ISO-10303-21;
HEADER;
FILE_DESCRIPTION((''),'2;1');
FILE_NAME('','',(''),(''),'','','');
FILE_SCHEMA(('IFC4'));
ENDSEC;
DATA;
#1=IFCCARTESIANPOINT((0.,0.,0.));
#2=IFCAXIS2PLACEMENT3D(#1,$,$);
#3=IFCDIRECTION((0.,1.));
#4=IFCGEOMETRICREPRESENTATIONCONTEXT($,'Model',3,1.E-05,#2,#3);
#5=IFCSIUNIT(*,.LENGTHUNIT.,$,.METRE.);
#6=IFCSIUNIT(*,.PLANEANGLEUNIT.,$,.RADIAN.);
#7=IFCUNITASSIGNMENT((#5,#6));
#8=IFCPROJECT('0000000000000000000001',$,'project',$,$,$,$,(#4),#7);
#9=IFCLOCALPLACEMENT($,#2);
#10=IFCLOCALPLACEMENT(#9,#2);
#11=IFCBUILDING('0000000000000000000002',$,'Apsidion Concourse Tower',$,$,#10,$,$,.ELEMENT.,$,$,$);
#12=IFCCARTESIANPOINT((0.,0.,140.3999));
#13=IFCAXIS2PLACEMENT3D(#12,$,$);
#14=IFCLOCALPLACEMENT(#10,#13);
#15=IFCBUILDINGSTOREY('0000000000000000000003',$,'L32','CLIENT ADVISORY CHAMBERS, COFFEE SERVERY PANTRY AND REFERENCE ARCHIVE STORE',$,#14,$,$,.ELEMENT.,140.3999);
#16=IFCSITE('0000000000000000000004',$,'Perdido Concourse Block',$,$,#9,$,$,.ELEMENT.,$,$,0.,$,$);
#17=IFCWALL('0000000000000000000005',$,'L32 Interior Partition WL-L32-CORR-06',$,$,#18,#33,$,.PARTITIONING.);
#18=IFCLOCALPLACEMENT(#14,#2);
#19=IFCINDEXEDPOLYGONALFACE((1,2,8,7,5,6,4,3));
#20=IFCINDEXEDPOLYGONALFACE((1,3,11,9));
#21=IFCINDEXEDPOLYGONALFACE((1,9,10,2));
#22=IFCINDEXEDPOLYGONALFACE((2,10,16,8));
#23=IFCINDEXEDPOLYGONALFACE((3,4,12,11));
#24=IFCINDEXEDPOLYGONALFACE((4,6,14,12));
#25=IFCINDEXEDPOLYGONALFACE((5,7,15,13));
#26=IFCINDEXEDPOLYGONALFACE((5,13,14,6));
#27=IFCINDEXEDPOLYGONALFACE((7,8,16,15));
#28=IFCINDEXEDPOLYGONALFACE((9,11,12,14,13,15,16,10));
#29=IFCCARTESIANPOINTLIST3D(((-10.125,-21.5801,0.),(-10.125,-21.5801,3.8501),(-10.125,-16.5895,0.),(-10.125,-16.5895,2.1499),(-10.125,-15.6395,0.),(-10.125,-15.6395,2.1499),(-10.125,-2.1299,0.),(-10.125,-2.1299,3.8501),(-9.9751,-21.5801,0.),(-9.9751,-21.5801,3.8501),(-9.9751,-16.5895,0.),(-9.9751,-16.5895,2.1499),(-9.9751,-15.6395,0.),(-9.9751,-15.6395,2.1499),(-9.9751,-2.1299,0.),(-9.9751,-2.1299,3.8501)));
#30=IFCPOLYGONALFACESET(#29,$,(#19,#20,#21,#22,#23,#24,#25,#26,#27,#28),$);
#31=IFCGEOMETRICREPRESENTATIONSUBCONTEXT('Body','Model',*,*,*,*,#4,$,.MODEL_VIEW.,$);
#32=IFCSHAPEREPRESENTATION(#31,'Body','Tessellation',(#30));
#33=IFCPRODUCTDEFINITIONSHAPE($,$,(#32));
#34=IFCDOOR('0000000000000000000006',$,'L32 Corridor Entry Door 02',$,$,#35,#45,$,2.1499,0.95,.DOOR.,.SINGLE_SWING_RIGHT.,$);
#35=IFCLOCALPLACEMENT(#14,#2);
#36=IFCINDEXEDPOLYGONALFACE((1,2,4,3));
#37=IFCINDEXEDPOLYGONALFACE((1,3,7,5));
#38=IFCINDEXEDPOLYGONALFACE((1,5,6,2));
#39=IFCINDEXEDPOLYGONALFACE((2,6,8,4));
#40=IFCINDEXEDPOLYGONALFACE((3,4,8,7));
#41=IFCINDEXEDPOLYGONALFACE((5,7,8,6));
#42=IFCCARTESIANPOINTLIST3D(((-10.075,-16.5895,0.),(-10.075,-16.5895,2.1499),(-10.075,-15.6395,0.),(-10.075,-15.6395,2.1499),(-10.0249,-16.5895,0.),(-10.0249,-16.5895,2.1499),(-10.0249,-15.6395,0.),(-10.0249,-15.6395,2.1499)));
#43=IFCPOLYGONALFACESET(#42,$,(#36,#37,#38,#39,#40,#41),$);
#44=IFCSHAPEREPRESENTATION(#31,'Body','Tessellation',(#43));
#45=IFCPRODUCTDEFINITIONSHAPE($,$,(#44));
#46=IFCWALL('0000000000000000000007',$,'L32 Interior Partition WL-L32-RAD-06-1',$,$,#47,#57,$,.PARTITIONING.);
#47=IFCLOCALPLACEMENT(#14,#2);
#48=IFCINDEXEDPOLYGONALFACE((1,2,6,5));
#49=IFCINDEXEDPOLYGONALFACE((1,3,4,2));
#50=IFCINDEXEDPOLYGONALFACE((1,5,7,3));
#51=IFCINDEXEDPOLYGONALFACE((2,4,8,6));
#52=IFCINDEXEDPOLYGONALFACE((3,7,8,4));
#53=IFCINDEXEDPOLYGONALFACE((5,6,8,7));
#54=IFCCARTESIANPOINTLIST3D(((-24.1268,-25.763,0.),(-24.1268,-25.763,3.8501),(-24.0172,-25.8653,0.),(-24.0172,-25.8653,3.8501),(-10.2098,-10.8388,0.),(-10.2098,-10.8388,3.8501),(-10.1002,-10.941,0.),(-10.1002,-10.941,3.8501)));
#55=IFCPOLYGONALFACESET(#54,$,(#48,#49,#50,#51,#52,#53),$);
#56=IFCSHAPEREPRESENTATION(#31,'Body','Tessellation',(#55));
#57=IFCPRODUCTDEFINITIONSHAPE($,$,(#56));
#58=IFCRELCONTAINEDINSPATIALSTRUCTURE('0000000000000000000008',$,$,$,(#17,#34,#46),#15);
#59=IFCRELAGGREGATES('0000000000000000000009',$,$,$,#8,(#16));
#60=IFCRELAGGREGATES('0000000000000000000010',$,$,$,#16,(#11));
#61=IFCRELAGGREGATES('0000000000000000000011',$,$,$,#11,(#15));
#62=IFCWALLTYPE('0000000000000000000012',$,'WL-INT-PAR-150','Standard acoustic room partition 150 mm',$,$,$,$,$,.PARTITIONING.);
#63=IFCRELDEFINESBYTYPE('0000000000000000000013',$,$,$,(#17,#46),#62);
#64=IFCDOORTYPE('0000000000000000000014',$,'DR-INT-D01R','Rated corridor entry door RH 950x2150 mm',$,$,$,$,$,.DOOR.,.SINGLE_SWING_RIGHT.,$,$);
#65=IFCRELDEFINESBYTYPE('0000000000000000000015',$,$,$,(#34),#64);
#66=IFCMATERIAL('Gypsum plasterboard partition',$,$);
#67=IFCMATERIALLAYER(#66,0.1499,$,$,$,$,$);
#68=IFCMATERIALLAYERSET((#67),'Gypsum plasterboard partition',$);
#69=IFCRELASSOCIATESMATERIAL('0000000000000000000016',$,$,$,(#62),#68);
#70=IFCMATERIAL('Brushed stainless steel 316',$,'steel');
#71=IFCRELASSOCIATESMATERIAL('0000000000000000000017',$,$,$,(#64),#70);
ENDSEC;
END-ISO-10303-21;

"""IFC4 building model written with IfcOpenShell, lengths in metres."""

from ifc_helpers import new_model, si_unit, direction, frame, frame_2d, origin, place, context, subcontext, project, spatial, rectangle, extrude, material, layer, layer_set, type_object, element, fill, save


model = new_model("IFC4")

# Units and contexts
model_context = context("Model", 3, precision=1e-05, world=origin(), true_north=direction((0.0, 1.0)))
body_context = subcontext(model_context, "Body", "Model", "MODEL_VIEW")
ifc_project = project(units=[si_unit("LENGTHUNIT", "METRE"), si_unit("PLANEANGLEUNIT", "RADIAN")], contexts=[model_context])

# Site, building, storey
site_placement = place(None, origin())
site = spatial("IfcSite", under=ifc_project, at=site_placement, Name="Perdido Concourse Block", CompositionType="ELEMENT", RefElevation=0.0)
building_placement = place(site_placement, origin())
building = spatial("IfcBuilding", under=site, at=building_placement, Name="Apsidion Concourse Tower", CompositionType="ELEMENT")
storey_placement = place(building_placement, frame((0.0, 0.0, 140.3999)))
storey = spatial("IfcBuildingStorey", under=building, at=storey_placement, Name="L32", Description="CLIENT ADVISORY CHAMBERS, COFFEE SERVERY PANTRY AND REFERENCE ARCHIVE STORE", CompositionType="ELEMENT", Elevation=140.3999)

# Wall, opening, door
ifc_material_1 = material(Name="Gypsum plasterboard partition")
ifc_layer_1 = layer(ifc_material_1, 0.1499)
ifc_layer_set_1 = layer_set([ifc_layer_1], Name="Gypsum plasterboard partition")
wall_type_1 = type_object("IfcWallType", Name="WL-INT-PAR-150", Description="Standard acoustic room partition 150 mm", PredefinedType="PARTITIONING", material=ifc_layer_set_1)
wall_1_placement = place(storey_placement, frame((-10.05, -21.5801, 0.0), z_axis=(0.0, 0.0, 1.0), x_axis=(0.0, 1.0, 0.0)))
wall_1 = element("IfcWall", 1, at=wall_1_placement, inside=storey, type_object=wall_type_1, Name="L32 Interior Partition WL-L32-CORR-06", PredefinedType="PARTITIONING", context=body_context, shape_type="SweptSolid", body=[
    extrude(rectangle(XDim=19.4502, YDim=0.1499, at=frame_2d((9.7251, 0.0))), origin(), (0.0, 0.0, 1.0), 3.8501),
])
opening_1_placement = place(wall_1_placement, frame((4.9905, 0.0, 0.0)))
opening_1 = element("IfcOpeningElement", 2, at=opening_1_placement, cuts=wall_1, PredefinedType="OPENING", context=body_context, shape_type="SweptSolid", body=[
    extrude(rectangle(XDim=0.95, YDim=2.1499, at=frame_2d((0.4751, 1.075))), frame((0.0, 0.085, 0.0), z_axis=(0.0, -1.0, 0.0), x_axis=(1.0, 0.0, 0.0)), (0.0, 0.0, 1.0), 0.1699),
])
ifc_material_2 = material(Name="Brushed stainless steel 316", Category="steel")
door_type_1 = type_object("IfcDoorType", Name="DR-INT-D01R", Description="Rated corridor entry door RH 950x2150 mm", OperationType="SINGLE_SWING_RIGHT", PredefinedType="DOOR", material=ifc_material_2)
door_1_placement = place(opening_1_placement, origin())
door_1 = element("IfcDoor", 3, at=door_1_placement, inside=storey, type_object=door_type_1, Name="L32 Corridor Entry Door 02", OperationType="SINGLE_SWING_RIGHT", OverallHeight=2.1499, OverallWidth=0.95, PredefinedType="DOOR", context=body_context, shape_type="SweptSolid", body=[
    extrude(rectangle(XDim=0.95, YDim=2.1499, at=frame_2d((0.4751, 1.075))), frame((0.0, 0.0249, 0.0), z_axis=(0.0, -1.0, 0.0), x_axis=(1.0, 0.0, 0.0)), (0.0, 0.0, 1.0), 0.05),
])
fill(opening_1, door_1)

# Wall
wall_2_placement = place(storey_placement, frame((-10.155, -10.8899, 0.0), z_axis=(0.0, 0.0, 1.0), x_axis=(-0.681994, -0.731358, 0.0)))
element("IfcWall", 4, at=wall_2_placement, inside=storey, type_object=wall_type_1, Name="L32 Interior Partition WL-L32-RAD-06-1", PredefinedType="PARTITIONING", context=body_context, shape_type="SweptSolid", body=[
    extrude(rectangle(XDim=20.4062, YDim=0.1499, at=frame_2d((10.2031, 0.0))), origin(), (0.0, 0.0, 1.0), 3.8501),
])

save(model, "model.ifc")
